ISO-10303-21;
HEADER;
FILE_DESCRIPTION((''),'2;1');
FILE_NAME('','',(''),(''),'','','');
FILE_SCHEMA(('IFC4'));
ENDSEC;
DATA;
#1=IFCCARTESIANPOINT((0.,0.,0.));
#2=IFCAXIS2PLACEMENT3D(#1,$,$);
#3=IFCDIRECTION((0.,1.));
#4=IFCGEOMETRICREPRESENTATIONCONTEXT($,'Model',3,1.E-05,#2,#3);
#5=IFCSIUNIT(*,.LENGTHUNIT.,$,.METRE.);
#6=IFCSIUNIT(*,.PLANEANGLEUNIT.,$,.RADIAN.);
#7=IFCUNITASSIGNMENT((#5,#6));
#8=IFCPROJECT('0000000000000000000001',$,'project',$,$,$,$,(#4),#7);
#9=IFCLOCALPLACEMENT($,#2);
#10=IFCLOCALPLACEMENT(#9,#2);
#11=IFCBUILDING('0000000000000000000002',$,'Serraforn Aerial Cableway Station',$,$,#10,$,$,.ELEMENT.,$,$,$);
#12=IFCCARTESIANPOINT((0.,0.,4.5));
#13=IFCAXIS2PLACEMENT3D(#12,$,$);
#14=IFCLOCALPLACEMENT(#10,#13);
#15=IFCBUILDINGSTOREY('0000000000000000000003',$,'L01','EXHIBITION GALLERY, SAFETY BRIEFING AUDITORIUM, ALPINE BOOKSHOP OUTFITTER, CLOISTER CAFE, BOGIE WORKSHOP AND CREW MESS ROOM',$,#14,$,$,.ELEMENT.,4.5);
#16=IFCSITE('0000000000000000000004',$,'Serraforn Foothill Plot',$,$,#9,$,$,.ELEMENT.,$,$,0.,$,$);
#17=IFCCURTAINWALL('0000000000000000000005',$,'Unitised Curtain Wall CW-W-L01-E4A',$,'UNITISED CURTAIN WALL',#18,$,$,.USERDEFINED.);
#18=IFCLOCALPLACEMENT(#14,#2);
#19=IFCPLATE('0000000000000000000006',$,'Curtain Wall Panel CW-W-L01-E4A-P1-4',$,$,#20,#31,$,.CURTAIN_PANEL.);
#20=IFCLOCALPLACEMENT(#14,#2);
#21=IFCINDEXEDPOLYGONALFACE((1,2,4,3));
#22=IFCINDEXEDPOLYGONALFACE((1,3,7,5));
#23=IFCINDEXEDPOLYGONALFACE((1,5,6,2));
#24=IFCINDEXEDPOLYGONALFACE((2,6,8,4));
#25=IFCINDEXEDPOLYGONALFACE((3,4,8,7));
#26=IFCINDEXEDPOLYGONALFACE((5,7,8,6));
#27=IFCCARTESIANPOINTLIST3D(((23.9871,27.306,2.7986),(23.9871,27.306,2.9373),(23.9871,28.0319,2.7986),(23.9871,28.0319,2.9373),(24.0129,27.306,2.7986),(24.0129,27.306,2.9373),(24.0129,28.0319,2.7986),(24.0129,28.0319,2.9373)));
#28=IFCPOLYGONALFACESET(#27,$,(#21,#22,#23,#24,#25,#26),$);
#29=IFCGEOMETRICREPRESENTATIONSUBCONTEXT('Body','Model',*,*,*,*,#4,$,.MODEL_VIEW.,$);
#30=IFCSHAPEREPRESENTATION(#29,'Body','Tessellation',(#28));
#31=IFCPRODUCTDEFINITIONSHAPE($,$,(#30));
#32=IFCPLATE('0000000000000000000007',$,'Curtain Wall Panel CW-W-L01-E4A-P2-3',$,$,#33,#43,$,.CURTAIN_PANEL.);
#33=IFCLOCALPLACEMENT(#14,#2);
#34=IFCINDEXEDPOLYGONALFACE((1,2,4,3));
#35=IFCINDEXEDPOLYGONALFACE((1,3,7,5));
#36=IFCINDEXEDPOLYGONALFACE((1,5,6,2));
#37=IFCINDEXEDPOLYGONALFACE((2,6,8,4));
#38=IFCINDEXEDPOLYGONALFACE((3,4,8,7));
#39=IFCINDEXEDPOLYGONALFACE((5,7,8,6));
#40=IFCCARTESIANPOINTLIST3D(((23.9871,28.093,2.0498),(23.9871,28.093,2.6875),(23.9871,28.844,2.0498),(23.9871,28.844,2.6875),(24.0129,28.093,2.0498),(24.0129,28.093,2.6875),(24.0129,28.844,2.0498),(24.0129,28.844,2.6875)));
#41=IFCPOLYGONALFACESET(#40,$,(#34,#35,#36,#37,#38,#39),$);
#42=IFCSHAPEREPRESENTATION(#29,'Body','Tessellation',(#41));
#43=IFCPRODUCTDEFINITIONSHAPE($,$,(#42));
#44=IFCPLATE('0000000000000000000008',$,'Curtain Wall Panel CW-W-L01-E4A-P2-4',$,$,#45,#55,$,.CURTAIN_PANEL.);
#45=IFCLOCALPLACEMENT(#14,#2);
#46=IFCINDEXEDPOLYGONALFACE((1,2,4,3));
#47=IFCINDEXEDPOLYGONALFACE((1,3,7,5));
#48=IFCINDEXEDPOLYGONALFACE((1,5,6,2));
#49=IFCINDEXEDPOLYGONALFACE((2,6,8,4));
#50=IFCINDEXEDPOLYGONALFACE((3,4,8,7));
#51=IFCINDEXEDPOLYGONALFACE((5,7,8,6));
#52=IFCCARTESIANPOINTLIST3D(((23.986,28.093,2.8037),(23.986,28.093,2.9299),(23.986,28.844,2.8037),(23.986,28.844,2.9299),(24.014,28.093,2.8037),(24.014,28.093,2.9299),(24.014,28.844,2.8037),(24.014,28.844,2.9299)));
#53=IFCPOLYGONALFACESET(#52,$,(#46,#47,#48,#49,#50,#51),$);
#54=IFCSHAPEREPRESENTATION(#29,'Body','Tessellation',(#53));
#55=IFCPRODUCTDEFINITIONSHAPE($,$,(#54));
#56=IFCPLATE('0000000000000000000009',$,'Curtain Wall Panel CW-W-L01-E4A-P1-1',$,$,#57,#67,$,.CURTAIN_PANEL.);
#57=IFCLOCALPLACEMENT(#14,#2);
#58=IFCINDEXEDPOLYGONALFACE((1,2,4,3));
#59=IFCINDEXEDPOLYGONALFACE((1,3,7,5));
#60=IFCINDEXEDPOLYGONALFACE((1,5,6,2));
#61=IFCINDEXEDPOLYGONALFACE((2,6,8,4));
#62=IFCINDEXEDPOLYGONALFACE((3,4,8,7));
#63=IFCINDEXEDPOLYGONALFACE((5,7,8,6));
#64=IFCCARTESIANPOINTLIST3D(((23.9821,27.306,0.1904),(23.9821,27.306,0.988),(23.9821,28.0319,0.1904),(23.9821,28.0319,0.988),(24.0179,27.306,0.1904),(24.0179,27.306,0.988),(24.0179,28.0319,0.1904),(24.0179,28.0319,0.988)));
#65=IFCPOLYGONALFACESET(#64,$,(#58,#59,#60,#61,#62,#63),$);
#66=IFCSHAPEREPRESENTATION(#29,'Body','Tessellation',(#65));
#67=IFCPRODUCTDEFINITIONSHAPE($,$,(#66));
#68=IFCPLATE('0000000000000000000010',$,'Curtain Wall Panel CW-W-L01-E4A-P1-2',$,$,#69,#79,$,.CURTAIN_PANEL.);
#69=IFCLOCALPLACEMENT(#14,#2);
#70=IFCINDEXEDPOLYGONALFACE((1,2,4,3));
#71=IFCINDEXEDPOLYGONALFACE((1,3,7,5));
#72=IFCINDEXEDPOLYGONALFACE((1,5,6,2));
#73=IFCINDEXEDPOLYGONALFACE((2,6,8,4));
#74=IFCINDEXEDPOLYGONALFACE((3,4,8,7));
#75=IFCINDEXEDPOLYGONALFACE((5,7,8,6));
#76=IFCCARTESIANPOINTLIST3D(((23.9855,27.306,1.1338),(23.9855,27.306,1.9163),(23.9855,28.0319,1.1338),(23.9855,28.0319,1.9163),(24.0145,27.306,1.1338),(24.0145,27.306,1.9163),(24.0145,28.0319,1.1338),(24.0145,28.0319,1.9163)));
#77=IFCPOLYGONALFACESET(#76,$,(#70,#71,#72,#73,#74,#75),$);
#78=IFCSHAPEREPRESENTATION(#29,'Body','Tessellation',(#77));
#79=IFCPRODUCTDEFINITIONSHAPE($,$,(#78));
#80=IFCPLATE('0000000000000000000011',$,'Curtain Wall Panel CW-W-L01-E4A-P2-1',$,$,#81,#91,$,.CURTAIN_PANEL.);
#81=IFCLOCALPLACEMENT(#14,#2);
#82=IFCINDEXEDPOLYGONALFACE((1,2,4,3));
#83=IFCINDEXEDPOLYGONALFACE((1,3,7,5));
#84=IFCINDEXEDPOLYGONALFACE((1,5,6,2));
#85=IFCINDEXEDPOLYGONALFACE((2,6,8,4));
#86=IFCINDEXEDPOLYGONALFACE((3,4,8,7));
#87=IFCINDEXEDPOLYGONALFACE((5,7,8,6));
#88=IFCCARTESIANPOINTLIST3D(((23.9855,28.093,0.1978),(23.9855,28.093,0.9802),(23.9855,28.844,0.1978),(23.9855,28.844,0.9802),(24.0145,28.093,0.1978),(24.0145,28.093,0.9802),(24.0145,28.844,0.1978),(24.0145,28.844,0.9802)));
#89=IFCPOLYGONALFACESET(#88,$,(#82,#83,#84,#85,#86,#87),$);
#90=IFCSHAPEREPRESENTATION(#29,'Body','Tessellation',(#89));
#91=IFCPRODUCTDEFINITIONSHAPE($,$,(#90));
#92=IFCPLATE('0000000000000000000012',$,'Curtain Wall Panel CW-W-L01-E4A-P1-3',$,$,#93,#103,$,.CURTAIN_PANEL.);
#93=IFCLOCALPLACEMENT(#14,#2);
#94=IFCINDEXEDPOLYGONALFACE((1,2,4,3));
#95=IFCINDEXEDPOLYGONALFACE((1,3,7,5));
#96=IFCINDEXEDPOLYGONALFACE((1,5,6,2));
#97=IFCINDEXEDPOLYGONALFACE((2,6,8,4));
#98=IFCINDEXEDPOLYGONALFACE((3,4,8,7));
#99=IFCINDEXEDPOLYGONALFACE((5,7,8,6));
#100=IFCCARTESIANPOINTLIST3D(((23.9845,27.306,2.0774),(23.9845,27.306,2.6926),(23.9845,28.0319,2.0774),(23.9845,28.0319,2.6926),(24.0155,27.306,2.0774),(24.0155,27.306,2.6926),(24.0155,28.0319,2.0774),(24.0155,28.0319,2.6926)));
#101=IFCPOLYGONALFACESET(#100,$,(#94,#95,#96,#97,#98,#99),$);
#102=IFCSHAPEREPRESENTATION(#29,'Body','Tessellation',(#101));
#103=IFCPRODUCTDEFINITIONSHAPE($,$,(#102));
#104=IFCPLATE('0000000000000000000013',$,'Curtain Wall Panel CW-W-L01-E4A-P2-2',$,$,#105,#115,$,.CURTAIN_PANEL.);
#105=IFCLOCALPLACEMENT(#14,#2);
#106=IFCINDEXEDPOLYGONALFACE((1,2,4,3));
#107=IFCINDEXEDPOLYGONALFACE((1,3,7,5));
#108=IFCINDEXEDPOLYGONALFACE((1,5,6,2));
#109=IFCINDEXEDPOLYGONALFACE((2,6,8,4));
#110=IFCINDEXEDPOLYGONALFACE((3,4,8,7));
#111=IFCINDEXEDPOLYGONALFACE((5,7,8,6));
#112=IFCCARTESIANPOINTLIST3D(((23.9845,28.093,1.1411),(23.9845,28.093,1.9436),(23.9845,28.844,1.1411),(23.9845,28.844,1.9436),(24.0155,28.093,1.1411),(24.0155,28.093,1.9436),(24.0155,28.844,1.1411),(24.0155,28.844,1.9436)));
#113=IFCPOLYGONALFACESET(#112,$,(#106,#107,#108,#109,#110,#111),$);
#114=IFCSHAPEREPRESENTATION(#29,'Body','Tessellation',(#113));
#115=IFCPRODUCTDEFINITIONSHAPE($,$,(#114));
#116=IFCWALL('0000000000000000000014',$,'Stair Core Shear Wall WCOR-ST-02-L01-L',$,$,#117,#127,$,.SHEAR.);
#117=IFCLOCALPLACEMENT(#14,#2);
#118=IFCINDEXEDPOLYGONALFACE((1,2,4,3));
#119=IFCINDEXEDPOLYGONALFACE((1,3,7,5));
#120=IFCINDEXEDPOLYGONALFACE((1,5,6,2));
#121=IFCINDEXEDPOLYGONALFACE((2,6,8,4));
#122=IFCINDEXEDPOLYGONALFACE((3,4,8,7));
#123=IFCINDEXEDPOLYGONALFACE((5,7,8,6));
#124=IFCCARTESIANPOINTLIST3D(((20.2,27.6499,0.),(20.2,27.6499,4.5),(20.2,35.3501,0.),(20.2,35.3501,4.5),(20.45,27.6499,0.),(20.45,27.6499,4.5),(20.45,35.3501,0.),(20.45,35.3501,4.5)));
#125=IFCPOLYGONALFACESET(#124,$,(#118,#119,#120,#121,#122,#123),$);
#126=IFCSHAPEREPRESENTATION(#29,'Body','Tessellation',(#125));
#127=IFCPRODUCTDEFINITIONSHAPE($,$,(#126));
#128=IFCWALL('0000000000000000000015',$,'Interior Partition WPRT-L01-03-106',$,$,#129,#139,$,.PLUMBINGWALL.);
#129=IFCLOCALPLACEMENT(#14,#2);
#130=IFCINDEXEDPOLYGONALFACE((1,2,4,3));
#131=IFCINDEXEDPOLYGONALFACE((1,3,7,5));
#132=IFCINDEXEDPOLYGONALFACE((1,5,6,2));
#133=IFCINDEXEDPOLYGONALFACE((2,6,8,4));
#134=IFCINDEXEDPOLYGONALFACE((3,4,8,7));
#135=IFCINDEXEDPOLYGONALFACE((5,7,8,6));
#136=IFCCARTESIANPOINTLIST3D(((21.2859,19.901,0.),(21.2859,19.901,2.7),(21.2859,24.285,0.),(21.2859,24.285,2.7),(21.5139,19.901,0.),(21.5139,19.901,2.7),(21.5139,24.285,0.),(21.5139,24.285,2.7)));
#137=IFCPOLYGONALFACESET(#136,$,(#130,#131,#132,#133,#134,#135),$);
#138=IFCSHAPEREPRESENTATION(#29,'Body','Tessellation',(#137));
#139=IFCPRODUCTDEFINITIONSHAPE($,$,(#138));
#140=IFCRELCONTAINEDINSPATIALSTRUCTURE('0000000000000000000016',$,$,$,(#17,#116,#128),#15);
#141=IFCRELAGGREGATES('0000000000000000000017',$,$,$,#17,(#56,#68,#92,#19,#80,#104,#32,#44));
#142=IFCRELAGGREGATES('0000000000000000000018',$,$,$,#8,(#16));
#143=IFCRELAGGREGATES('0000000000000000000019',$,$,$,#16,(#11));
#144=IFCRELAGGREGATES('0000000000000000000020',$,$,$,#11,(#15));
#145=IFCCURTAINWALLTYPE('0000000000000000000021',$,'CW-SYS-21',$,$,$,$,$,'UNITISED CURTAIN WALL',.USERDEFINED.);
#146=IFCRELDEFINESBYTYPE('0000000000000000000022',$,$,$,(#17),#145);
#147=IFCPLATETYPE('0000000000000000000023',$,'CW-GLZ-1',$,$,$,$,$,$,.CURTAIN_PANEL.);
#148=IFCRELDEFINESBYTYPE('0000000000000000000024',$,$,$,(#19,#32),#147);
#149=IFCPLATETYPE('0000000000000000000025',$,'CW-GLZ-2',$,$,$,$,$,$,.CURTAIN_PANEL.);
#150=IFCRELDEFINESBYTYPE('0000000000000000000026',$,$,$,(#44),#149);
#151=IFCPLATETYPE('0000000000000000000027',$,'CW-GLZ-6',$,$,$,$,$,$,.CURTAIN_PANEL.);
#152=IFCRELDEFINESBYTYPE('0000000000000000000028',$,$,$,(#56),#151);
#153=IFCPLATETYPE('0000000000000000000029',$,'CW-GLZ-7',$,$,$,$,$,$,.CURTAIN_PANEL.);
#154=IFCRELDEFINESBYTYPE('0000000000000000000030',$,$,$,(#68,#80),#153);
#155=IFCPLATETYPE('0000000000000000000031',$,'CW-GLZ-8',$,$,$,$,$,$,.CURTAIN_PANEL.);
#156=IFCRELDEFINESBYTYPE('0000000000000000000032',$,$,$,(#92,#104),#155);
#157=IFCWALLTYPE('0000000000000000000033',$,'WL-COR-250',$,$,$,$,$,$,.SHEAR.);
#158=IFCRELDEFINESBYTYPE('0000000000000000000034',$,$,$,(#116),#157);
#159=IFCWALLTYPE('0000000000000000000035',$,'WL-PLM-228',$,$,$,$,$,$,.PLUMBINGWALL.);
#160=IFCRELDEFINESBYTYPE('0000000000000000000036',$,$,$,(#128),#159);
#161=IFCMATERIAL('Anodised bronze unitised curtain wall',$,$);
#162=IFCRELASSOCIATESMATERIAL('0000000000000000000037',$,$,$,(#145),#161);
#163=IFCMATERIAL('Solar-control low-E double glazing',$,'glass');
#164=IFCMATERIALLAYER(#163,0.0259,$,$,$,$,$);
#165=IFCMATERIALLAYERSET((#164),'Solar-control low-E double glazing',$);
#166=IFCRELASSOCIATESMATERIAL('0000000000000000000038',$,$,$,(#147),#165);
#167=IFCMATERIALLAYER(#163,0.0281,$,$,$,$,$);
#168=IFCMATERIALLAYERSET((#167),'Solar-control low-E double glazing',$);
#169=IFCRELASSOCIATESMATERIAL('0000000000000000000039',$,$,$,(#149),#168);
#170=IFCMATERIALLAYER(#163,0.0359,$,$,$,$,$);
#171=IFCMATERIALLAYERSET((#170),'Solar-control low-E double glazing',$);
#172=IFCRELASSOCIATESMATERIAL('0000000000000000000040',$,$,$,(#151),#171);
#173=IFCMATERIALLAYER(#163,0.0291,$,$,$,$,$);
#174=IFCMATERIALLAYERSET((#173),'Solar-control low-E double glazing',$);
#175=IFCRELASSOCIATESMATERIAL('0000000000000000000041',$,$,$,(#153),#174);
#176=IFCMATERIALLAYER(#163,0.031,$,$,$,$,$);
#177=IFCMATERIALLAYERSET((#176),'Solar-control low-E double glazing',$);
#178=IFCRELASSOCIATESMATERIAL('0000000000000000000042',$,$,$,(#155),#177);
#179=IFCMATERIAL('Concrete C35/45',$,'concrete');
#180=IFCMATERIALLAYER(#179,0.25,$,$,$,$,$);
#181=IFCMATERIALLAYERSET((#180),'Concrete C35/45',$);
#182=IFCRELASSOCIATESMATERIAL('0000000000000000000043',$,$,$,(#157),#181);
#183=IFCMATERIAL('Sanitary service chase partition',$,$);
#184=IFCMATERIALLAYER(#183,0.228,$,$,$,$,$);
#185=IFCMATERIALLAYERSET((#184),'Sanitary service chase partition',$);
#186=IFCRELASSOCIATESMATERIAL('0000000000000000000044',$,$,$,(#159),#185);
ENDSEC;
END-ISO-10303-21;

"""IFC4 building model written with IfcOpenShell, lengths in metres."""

from ifc_helpers import new_model, si_unit, direction, frame, frame_2d, origin, origin_2d, place, context, subcontext, project, spatial, rectangle, extrude, material, layer, layer_set, type_object, element, aggregate, save


model = new_model("IFC4")

# Units and contexts
model_context = context("Model", 3, precision=1e-05, world=origin(), true_north=direction((0.0, 1.0)))
body_context = subcontext(model_context, "Body", "Model", "MODEL_VIEW")
ifc_project = project(units=[si_unit("LENGTHUNIT", "METRE"), si_unit("PLANEANGLEUNIT", "RADIAN")], contexts=[model_context])

# Site, building, storey
site_placement = place(None, origin())
site = spatial("IfcSite", under=ifc_project, at=site_placement, Name="Serraforn Foothill Plot", CompositionType="ELEMENT", RefElevation=0.0)
building_placement = place(site_placement, origin())
building = spatial("IfcBuilding", under=site, at=building_placement, Name="Serraforn Aerial Cableway Station", CompositionType="ELEMENT")
storey_placement = place(building_placement, frame((0.0, 0.0, 4.5)))
storey = spatial("IfcBuildingStorey", under=building, at=storey_placement, Name="L01", Description="EXHIBITION GALLERY, SAFETY BRIEFING AUDITORIUM, ALPINE BOOKSHOP OUTFITTER, CLOISTER CAFE, BOGIE WORKSHOP AND CREW MESS ROOM", CompositionType="ELEMENT", Elevation=4.5)

# Shared definitions
ifc_material_1 = material(Name="Concrete C35/45", Category="concrete")

# Curtain wall, plates
ifc_material_2 = material(Name="Anodised bronze unitised curtain wall")
curtain_wall_type = type_object("IfcCurtainWallType", Name="CW-SYS-21", ElementType="UNITISED CURTAIN WALL", PredefinedType="USERDEFINED", material=ifc_material_2)
curtain_wall_placement = place(storey_placement, origin())
curtain_wall = element("IfcCurtainWall", 1, at=curtain_wall_placement, inside=storey, type_object=curtain_wall_type, Name="Unitised Curtain Wall CW-W-L01-E4A", ObjectType="UNITISED CURTAIN WALL", PredefinedType="USERDEFINED")
ifc_material_3 = material(Name="Solar-control low-E double glazing", Category="glass")
ifc_layer_1 = layer(ifc_material_3, 0.0259)
ifc_layer_set_1 = layer_set([ifc_layer_1], Name="Solar-control low-E double glazing")
plate_type_1 = type_object("IfcPlateType", Name="CW-GLZ-1", PredefinedType="CURTAIN_PANEL", material=ifc_layer_set_1)
plate_1_placement = place(storey_placement, frame((24.0, 27.6689, 2.7986), z_axis=(0.0, 0.0, 1.0), x_axis=(1.0, 0.0, 0.0)))
plate_1 = element("IfcPlate", 2, at=plate_1_placement, type_object=plate_type_1, Name="Curtain Wall Panel CW-W-L01-E4A-P1-4", PredefinedType="CURTAIN_PANEL", context=body_context, shape_type="SweptSolid", body=[
    extrude(rectangle(XDim=0.0259, YDim=0.7258, at=origin_2d()), origin(), (0.0, 0.0, 1.0), 0.1387),
])
plate_2_placement = place(storey_placement, frame((24.0, 28.4685, 2.0498), z_axis=(0.0, 0.0, 1.0), x_axis=(1.0, 0.0, 0.0)))
plate_2 = element("IfcPlate", 3, at=plate_2_placement, type_object=plate_type_1, Name="Curtain Wall Panel CW-W-L01-E4A-P2-3", PredefinedType="CURTAIN_PANEL", context=body_context, shape_type="SweptSolid", body=[
    extrude(rectangle(XDim=0.0259, YDim=0.751, at=origin_2d()), origin(), (0.0, 0.0, 1.0), 0.6377),
])
ifc_layer_2 = layer(ifc_material_3, 0.0281)
ifc_layer_set_2 = layer_set([ifc_layer_2], Name="Solar-control low-E double glazing")
plate_type_2 = type_object("IfcPlateType", Name="CW-GLZ-2", PredefinedType="CURTAIN_PANEL", material=ifc_layer_set_2)
plate_3_placement = place(storey_placement, frame((24.0, 28.4685, 2.8037), z_axis=(0.0, 0.0, 1.0), x_axis=(1.0, 0.0, 0.0)))
plate_3 = element("IfcPlate", 4, at=plate_3_placement, type_object=plate_type_2, Name="Curtain Wall Panel CW-W-L01-E4A-P2-4", PredefinedType="CURTAIN_PANEL", context=body_context, shape_type="SweptSolid", body=[
    extrude(rectangle(XDim=0.0281, YDim=0.751, at=origin_2d()), origin(), (0.0, 0.0, 1.0), 0.1262),
])
ifc_layer_3 = layer(ifc_material_3, 0.0359)
ifc_layer_set_3 = layer_set([ifc_layer_3], Name="Solar-control low-E double glazing")
plate_type_3 = type_object("IfcPlateType", Name="CW-GLZ-6", PredefinedType="CURTAIN_PANEL", material=ifc_layer_set_3)
plate_4_placement = place(storey_placement, frame((24.0, 27.6689, 0.1904), z_axis=(0.0, 0.0, 1.0), x_axis=(1.0, 0.0, 0.0)))
plate_4 = element("IfcPlate", 5, at=plate_4_placement, type_object=plate_type_3, Name="Curtain Wall Panel CW-W-L01-E4A-P1-1", PredefinedType="CURTAIN_PANEL", context=body_context, shape_type="SweptSolid", body=[
    extrude(rectangle(XDim=0.0359, YDim=0.7258, at=origin_2d()), origin(), (0.0, 0.0, 1.0), 0.7976),
])
ifc_layer_4 = layer(ifc_material_3, 0.0291)
ifc_layer_set_4 = layer_set([ifc_layer_4], Name="Solar-control low-E double glazing")
plate_type_4 = type_object("IfcPlateType", Name="CW-GLZ-7", PredefinedType="CURTAIN_PANEL", material=ifc_layer_set_4)
plate_5_placement = place(storey_placement, frame((24.0, 27.6689, 1.1338), z_axis=(0.0, 0.0, 1.0), x_axis=(1.0, 0.0, 0.0)))
plate_5 = element("IfcPlate", 6, at=plate_5_placement, type_object=plate_type_4, Name="Curtain Wall Panel CW-W-L01-E4A-P1-2", PredefinedType="CURTAIN_PANEL", context=body_context, shape_type="SweptSolid", body=[
    extrude(rectangle(XDim=0.0291, YDim=0.7258, at=origin_2d()), origin(), (0.0, 0.0, 1.0), 0.7825),
])
plate_6_placement = place(storey_placement, frame((24.0, 28.4685, 0.1978), z_axis=(0.0, 0.0, 1.0), x_axis=(1.0, 0.0, 0.0)))
plate_6 = element("IfcPlate", 7, at=plate_6_placement, type_object=plate_type_4, Name="Curtain Wall Panel CW-W-L01-E4A-P2-1", PredefinedType="CURTAIN_PANEL", context=body_context, shape_type="SweptSolid", body=[
    extrude(rectangle(XDim=0.0291, YDim=0.751, at=origin_2d()), origin(), (0.0, 0.0, 1.0), 0.7825),
])
ifc_layer_5 = layer(ifc_material_3, 0.031)
ifc_layer_set_5 = layer_set([ifc_layer_5], Name="Solar-control low-E double glazing")
plate_type_5 = type_object("IfcPlateType", Name="CW-GLZ-8", PredefinedType="CURTAIN_PANEL", material=ifc_layer_set_5)
plate_7_placement = place(storey_placement, frame((24.0, 27.6689, 2.0774), z_axis=(0.0, 0.0, 1.0), x_axis=(1.0, 0.0, 0.0)))
plate_7 = element("IfcPlate", 8, at=plate_7_placement, type_object=plate_type_5, Name="Curtain Wall Panel CW-W-L01-E4A-P1-3", PredefinedType="CURTAIN_PANEL", context=body_context, shape_type="SweptSolid", body=[
    extrude(rectangle(XDim=0.031, YDim=0.7258, at=origin_2d()), origin(), (0.0, 0.0, 1.0), 0.6152),
])
plate_8_placement = place(storey_placement, frame((24.0, 28.4685, 1.1411), z_axis=(0.0, 0.0, 1.0), x_axis=(1.0, 0.0, 0.0)))
plate_8 = element("IfcPlate", 9, at=plate_8_placement, type_object=plate_type_5, Name="Curtain Wall Panel CW-W-L01-E4A-P2-2", PredefinedType="CURTAIN_PANEL", context=body_context, shape_type="SweptSolid", body=[
    extrude(rectangle(XDim=0.031, YDim=0.751, at=origin_2d()), origin(), (0.0, 0.0, 1.0), 0.8025),
])
aggregate(curtain_wall, [plate_4, plate_5, plate_7, plate_1, plate_6, plate_8, plate_2, plate_3])

# Shared definitions
ifc_layer_6 = layer(ifc_material_1, 0.25)
ifc_layer_set_6 = layer_set([ifc_layer_6], Name="Concrete C35/45")
wall_type_1 = type_object("IfcWallType", Name="WL-COR-250", PredefinedType="SHEAR", material=ifc_layer_set_6)

# Walls
wall_1_placement = place(storey_placement, frame((20.325, 27.6499, 0.0), z_axis=(0.0, 0.0, 1.0), x_axis=(0.0, 1.0, 0.0)))
element("IfcWall", 10, at=wall_1_placement, inside=storey, type_object=wall_type_1, Name="Stair Core Shear Wall WCOR-ST-02-L01-L", PredefinedType="SHEAR", context=body_context, shape_type="SweptSolid", body=[
    extrude(rectangle(XDim=7.7002, YDim=0.25, at=frame_2d((3.8501, 0.0))), origin(), (0.0, 0.0, 1.0), 4.5),
])
ifc_material_4 = material(Name="Sanitary service chase partition")
ifc_layer_7 = layer(ifc_material_4, 0.228)
ifc_layer_set_7 = layer_set([ifc_layer_7], Name="Sanitary service chase partition")
wall_type_2 = type_object("IfcWallType", Name="WL-PLM-228", PredefinedType="PLUMBINGWALL", material=ifc_layer_set_7)
wall_2_placement = place(storey_placement, frame((21.3999, 24.2849, 0.0), z_axis=(0.0, 0.0, 1.0), x_axis=(0.0, -1.0, 0.0)))
element("IfcWall", 11, at=wall_2_placement, inside=storey, type_object=wall_type_2, Name="Interior Partition WPRT-L01-03-106", PredefinedType="PLUMBINGWALL", context=body_context, shape_type="SweptSolid", body=[
    extrude(rectangle(XDim=4.384, YDim=0.228, at=frame_2d((2.1919, 0.0))), origin(), (0.0, 0.0, 1.0), 2.7),
])

save(model, "model.ifc")
